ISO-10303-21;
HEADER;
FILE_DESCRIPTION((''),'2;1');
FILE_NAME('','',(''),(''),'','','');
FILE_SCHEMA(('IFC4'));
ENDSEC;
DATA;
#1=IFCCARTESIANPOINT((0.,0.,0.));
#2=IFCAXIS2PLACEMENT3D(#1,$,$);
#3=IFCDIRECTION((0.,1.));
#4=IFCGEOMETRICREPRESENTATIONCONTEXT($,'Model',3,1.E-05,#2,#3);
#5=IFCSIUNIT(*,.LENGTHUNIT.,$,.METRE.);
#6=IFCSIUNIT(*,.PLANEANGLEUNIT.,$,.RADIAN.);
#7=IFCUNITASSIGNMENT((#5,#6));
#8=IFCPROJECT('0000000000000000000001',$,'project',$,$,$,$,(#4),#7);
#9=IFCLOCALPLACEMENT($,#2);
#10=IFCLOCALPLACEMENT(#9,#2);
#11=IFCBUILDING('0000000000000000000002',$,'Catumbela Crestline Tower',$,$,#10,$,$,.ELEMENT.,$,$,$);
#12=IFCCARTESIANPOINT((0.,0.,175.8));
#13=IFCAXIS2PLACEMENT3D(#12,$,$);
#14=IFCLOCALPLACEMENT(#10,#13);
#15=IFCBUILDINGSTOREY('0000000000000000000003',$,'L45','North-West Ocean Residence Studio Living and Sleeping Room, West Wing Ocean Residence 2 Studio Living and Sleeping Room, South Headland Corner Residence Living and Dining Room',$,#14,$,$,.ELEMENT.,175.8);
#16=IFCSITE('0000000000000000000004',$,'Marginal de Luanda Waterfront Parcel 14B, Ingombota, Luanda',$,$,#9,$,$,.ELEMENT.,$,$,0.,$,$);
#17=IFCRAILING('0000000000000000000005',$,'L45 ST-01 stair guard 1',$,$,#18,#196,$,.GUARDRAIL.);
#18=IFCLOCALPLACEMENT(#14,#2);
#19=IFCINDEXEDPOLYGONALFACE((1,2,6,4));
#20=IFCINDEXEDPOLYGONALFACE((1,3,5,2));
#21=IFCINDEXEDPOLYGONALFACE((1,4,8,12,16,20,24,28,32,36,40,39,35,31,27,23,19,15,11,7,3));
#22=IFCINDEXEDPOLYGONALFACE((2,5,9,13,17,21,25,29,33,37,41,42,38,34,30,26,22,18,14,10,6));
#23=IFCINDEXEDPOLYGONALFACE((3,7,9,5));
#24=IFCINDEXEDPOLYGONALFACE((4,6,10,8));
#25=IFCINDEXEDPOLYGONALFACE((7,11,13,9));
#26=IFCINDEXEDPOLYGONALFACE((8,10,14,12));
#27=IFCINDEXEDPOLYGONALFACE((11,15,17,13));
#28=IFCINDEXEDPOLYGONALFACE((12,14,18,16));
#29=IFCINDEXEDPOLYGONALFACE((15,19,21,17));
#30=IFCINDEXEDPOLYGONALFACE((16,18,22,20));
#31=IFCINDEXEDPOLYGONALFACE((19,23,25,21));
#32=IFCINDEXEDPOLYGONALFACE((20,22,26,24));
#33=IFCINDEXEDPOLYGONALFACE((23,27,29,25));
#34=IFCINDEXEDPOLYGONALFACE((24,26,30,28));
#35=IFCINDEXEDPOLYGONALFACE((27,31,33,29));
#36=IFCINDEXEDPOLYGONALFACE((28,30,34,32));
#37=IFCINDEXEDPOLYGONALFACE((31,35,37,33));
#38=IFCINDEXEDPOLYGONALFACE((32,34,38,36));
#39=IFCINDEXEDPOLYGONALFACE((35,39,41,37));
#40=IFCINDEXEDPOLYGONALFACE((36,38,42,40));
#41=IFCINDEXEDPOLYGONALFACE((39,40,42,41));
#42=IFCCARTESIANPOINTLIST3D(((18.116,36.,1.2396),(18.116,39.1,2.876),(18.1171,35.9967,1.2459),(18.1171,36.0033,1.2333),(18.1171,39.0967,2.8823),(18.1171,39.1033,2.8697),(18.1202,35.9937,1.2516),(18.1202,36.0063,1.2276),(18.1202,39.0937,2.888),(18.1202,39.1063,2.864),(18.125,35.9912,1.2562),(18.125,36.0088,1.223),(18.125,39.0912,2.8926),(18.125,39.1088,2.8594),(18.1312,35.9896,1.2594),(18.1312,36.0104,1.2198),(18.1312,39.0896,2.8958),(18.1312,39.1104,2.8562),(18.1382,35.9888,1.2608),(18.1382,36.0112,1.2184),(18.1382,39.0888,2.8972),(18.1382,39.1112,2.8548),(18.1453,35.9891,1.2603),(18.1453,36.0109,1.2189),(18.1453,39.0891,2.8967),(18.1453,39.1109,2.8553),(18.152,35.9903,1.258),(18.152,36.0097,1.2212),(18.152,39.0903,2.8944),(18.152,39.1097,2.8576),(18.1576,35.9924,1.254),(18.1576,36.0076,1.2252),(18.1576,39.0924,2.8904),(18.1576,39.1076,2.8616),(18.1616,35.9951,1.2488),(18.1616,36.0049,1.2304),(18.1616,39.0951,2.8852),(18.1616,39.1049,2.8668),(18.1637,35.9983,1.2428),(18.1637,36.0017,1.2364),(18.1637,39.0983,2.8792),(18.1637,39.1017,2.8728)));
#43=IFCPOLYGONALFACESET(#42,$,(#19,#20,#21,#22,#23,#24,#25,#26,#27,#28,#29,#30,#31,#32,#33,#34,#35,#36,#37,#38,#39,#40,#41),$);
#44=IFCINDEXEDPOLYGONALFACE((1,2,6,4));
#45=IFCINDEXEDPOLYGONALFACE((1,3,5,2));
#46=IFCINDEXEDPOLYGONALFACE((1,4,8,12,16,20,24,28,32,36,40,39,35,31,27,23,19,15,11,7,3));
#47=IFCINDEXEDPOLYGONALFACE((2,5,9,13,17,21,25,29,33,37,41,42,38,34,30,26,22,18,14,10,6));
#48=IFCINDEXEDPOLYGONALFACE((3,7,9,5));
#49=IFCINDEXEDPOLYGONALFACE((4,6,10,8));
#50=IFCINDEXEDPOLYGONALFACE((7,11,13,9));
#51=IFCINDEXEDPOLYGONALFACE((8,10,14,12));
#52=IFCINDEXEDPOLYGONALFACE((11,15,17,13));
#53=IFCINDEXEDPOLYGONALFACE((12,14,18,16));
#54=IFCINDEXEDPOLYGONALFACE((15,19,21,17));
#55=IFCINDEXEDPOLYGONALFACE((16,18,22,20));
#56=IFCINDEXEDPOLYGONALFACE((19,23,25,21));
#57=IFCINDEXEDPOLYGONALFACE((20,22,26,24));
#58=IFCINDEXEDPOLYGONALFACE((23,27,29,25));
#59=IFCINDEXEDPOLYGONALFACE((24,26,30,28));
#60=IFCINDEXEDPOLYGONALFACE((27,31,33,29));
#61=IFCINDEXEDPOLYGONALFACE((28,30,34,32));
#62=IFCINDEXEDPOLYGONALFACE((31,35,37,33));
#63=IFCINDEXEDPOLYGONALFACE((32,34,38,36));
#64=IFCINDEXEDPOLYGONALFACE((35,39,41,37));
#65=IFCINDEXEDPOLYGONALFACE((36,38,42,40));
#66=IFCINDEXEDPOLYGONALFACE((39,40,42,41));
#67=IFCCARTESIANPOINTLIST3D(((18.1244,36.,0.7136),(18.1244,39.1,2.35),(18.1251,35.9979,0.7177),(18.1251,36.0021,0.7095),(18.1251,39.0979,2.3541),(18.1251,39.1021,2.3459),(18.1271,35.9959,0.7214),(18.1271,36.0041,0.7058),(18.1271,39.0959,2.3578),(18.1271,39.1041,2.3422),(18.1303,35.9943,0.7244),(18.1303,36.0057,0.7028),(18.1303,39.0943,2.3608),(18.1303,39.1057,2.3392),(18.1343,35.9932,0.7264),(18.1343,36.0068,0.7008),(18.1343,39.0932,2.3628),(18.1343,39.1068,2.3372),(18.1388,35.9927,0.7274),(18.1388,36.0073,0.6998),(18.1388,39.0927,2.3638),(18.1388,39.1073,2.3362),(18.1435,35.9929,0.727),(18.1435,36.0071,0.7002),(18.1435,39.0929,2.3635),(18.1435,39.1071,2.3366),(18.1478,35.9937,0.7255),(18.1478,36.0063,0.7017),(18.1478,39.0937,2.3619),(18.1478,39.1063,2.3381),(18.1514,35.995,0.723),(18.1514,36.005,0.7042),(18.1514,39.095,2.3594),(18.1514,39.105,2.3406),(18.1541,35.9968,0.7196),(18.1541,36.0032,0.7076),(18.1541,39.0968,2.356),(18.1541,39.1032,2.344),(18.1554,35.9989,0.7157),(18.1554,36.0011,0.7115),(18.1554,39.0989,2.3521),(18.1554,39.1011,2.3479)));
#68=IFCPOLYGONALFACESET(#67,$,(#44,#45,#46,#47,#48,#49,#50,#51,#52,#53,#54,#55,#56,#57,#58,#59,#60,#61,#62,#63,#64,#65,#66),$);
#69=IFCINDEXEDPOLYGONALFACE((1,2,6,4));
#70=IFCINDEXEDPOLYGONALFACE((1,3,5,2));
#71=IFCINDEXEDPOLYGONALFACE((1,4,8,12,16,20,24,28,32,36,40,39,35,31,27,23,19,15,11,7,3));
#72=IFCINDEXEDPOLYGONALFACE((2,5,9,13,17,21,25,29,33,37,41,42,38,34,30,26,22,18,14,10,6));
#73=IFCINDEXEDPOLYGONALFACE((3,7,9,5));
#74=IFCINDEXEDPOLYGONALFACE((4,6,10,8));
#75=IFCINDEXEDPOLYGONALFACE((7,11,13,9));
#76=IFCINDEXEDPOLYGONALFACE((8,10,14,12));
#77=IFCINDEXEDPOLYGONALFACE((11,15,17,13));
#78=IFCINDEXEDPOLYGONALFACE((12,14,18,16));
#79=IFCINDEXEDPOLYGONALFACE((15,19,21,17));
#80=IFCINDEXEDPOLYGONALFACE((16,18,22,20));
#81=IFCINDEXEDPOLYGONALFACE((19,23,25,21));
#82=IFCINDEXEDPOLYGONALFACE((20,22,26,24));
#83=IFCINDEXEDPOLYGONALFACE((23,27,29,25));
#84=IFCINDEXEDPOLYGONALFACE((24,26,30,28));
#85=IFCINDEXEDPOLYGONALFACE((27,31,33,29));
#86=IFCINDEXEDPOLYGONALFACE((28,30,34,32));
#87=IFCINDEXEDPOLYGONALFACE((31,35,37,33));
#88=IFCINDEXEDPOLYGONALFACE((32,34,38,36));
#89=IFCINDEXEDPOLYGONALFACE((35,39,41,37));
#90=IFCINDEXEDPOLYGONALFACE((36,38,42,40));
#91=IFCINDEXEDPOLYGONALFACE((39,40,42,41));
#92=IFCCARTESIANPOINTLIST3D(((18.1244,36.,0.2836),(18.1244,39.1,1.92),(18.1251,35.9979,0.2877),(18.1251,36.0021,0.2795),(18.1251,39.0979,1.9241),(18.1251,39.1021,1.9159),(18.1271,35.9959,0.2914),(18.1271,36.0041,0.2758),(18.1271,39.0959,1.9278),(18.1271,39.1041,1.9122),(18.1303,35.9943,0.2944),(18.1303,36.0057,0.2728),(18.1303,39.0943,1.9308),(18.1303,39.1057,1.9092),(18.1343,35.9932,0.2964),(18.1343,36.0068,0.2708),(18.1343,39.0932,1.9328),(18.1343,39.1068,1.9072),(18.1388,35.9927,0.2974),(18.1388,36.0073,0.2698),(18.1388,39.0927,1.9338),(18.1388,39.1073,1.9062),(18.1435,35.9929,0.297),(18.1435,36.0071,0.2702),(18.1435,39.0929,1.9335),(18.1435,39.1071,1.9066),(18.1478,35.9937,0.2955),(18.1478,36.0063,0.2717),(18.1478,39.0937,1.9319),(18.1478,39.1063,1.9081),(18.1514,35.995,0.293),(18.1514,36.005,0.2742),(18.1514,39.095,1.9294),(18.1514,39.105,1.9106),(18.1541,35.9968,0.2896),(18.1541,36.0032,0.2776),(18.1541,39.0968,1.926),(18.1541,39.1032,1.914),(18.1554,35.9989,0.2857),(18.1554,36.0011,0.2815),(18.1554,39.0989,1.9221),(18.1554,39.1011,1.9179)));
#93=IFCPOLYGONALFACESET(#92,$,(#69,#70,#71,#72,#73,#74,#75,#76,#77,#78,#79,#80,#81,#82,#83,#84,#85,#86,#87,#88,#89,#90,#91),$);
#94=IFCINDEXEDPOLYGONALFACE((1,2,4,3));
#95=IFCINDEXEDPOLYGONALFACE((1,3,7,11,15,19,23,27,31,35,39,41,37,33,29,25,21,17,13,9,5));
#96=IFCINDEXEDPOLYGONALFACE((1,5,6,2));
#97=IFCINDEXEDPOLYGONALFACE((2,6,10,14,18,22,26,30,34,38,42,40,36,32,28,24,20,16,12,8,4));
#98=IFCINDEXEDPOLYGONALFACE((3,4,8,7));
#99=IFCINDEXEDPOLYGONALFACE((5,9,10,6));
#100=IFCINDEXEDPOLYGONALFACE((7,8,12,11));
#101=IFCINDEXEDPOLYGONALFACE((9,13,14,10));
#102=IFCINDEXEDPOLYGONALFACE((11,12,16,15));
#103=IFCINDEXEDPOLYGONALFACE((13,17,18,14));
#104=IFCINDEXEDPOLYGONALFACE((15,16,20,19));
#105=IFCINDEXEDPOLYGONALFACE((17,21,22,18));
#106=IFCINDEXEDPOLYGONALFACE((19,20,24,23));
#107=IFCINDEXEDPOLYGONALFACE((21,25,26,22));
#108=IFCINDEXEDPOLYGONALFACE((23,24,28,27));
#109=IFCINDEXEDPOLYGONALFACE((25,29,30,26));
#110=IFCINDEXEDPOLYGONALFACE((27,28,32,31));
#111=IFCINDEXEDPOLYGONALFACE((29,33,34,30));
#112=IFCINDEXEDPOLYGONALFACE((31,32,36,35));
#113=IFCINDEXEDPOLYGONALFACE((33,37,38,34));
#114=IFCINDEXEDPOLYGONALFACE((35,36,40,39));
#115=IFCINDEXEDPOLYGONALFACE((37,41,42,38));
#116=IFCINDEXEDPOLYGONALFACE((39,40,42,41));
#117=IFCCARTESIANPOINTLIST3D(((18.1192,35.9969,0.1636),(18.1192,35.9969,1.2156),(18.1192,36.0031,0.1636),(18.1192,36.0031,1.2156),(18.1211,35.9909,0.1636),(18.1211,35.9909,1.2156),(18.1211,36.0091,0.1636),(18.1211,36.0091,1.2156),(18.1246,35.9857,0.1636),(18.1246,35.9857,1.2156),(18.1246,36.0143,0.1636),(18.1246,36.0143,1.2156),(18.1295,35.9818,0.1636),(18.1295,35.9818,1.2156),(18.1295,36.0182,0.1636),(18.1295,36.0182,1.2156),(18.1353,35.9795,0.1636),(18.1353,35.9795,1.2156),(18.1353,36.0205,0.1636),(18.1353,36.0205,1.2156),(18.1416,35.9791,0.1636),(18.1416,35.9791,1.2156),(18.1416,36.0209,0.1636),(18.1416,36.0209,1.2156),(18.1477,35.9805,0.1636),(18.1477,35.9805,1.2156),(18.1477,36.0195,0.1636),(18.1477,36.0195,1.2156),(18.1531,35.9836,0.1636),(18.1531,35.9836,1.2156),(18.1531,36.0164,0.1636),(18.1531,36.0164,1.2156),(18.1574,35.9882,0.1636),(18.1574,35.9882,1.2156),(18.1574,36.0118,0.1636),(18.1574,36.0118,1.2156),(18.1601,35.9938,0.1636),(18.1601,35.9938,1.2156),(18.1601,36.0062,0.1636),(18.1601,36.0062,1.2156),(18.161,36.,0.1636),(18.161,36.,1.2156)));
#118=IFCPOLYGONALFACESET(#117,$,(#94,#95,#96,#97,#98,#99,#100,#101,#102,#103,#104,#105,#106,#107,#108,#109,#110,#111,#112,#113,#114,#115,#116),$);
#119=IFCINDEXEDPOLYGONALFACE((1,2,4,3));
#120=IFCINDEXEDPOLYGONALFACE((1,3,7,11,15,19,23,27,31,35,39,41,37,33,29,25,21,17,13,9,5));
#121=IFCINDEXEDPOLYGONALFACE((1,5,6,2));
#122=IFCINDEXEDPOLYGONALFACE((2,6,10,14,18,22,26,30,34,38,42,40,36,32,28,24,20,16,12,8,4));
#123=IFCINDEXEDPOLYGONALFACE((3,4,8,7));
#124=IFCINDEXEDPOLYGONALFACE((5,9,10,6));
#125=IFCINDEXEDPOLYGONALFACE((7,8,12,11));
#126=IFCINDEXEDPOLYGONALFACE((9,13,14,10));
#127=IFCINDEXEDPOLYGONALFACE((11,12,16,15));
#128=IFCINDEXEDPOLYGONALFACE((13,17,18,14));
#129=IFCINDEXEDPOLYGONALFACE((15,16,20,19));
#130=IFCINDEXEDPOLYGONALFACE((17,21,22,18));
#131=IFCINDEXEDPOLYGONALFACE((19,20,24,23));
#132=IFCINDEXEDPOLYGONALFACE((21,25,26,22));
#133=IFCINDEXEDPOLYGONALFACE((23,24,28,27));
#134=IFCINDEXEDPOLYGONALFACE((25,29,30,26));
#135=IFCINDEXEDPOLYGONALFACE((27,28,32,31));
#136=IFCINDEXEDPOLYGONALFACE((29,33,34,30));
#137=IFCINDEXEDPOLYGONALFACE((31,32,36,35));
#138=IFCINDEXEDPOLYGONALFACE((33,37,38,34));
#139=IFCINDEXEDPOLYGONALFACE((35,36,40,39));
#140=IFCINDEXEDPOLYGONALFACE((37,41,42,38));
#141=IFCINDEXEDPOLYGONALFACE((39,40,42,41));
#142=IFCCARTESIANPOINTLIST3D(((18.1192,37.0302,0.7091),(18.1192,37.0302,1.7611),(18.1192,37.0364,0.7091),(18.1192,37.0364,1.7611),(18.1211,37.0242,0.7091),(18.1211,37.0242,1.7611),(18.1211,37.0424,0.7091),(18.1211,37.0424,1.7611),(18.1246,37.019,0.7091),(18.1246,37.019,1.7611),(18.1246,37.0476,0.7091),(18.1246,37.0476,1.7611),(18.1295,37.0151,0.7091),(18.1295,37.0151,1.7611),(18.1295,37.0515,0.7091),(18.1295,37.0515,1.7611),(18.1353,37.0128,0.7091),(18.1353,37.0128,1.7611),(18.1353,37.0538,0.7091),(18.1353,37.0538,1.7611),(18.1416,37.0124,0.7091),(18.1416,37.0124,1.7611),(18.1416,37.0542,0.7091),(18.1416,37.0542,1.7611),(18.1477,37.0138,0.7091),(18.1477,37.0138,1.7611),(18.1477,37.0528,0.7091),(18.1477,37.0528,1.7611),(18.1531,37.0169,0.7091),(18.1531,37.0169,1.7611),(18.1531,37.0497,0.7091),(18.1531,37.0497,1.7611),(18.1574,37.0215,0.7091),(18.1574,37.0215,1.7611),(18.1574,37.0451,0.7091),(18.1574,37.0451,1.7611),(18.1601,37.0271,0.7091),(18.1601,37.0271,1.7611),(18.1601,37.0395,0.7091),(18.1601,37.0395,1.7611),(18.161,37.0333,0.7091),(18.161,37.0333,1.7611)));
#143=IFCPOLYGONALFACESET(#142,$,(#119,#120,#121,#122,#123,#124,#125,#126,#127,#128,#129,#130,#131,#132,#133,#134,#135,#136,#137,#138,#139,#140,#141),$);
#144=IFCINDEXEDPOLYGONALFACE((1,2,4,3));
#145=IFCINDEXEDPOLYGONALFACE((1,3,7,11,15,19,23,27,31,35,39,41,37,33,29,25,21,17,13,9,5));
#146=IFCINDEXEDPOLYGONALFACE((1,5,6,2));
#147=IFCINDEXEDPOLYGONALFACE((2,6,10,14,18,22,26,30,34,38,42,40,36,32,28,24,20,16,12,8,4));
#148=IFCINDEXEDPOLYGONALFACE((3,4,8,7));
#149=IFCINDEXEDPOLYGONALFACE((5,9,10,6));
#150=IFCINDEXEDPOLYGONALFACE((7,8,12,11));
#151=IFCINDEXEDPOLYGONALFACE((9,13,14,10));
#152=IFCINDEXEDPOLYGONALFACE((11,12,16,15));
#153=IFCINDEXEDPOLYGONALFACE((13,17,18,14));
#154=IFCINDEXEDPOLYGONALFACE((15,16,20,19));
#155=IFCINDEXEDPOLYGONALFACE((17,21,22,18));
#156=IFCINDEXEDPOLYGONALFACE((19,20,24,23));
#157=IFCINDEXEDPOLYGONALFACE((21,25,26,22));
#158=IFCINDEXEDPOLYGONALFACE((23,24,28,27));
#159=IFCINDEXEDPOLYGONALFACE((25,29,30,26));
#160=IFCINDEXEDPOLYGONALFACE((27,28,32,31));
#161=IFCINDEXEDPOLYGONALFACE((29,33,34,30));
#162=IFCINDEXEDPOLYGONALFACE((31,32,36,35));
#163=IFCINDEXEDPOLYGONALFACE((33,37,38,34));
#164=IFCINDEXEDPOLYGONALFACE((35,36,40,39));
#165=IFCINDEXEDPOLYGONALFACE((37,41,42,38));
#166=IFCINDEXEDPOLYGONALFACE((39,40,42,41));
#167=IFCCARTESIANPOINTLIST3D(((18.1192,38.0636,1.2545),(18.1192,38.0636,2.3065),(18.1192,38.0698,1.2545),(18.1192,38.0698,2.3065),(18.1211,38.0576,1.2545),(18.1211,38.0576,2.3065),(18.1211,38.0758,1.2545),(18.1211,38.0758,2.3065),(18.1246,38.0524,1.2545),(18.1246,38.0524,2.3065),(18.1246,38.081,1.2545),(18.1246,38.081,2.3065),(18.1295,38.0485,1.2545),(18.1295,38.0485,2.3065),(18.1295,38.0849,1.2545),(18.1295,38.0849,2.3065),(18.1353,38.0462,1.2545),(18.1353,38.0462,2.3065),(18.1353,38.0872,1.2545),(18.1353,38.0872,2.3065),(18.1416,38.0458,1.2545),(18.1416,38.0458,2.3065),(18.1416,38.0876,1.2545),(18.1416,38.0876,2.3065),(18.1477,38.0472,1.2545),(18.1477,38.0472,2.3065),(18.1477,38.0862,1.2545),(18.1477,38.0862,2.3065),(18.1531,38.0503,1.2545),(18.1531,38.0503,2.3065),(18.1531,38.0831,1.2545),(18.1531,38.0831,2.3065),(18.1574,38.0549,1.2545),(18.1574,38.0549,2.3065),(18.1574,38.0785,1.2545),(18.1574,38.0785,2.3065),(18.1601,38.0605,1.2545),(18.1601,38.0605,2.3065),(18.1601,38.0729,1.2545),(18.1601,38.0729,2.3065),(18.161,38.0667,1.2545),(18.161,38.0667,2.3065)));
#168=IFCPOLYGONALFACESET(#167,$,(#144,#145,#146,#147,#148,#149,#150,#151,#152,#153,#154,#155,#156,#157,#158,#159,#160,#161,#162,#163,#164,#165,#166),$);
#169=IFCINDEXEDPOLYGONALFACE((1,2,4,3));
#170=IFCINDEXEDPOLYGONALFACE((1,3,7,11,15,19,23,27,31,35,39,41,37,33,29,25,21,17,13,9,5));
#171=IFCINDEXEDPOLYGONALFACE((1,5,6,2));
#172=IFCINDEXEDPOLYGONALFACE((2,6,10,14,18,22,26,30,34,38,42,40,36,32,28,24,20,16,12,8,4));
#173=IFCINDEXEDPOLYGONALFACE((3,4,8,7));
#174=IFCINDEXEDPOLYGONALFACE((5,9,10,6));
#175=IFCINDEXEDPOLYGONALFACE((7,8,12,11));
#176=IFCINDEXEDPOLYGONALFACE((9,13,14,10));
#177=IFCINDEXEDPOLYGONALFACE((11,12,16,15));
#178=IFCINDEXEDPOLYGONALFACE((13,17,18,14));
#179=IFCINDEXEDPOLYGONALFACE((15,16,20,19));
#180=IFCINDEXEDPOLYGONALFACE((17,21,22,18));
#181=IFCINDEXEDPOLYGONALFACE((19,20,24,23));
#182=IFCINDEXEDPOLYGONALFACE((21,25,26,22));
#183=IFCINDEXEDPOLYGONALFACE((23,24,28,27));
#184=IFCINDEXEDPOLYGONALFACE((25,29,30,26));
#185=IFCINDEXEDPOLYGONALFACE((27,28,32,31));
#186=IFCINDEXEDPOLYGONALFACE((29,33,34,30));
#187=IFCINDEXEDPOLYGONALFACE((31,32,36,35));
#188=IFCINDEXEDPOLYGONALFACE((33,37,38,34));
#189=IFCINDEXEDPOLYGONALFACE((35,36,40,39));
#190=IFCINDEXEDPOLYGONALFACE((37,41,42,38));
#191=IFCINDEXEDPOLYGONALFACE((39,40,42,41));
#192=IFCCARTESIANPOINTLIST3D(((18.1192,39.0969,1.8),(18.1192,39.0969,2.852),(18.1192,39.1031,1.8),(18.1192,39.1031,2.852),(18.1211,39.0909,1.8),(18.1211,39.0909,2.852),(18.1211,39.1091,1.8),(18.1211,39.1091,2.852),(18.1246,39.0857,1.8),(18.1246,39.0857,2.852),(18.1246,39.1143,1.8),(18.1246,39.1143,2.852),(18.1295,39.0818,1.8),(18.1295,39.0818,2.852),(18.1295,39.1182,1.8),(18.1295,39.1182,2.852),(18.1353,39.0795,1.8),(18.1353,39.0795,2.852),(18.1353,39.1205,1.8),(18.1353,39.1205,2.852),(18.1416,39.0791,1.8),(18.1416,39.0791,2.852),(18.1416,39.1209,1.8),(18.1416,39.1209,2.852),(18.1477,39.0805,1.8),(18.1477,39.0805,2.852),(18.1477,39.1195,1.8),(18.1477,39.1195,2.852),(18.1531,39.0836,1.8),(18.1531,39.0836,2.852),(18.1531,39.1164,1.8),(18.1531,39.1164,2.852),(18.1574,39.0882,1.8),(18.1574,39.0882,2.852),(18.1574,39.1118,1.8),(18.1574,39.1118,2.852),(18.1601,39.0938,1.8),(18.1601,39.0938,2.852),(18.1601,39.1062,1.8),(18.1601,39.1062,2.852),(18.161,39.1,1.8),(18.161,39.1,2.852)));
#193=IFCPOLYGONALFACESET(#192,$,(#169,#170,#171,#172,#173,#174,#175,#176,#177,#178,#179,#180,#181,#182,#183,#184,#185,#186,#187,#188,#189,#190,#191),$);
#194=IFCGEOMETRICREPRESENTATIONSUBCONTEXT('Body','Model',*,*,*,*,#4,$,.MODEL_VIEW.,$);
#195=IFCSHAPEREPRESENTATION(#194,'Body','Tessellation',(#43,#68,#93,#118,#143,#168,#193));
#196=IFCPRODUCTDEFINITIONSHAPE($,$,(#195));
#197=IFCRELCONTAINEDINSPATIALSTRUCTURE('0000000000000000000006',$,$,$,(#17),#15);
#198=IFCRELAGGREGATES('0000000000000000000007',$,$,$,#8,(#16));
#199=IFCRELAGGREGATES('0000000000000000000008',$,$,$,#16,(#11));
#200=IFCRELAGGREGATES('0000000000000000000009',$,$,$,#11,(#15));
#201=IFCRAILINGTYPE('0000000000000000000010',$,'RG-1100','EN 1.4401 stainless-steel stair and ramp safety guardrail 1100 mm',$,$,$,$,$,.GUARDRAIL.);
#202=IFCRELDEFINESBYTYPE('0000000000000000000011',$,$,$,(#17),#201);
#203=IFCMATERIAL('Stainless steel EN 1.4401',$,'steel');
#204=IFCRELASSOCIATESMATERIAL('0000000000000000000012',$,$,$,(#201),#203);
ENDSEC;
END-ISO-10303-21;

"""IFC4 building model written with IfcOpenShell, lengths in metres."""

from ifc_helpers import new_model, si_unit, direction, frame, origin, origin_2d, place, context, subcontext, project, spatial, circle, extrude, material, type_object, element, save


model = new_model("IFC4")

# Units and contexts
model_context = context("Model", 3, precision=1e-05, world=origin(), true_north=direction((0.0, 1.0)))
body_context = subcontext(model_context, "Body", "Model", "MODEL_VIEW")
ifc_project = project(units=[si_unit("LENGTHUNIT", "METRE"), si_unit("PLANEANGLEUNIT", "RADIAN")], contexts=[model_context])

# Site, building, storey
site_placement = place(None, origin())
site = spatial("IfcSite", under=ifc_project, at=site_placement, Name="Marginal de Luanda Waterfront Parcel 14B, Ingombota, Luanda", CompositionType="ELEMENT", RefElevation=0.0)
building_placement = place(site_placement, origin())
building = spatial("IfcBuilding", under=site, at=building_placement, Name="Catumbela Crestline Tower", CompositionType="ELEMENT")
storey_placement = place(building_placement, frame((0.0, 0.0, 175.8)))
storey = spatial("IfcBuildingStorey", under=building, at=storey_placement, Name="L45", Description="North-West Ocean Residence Studio Living and Sleeping Room, West Wing Ocean Residence 2 Studio Living and Sleeping Room, South Headland Corner Residence Living and Dining Room", CompositionType="ELEMENT", Elevation=175.8)

# Shared definitions
ifc_material_1 = material(Name="Stainless steel EN 1.4401", Category="steel")

# Railing
railing_type_1 = type_object("IfcRailingType", Name="RG-1100", Description="EN 1.4401 stainless-steel stair and ramp safety guardrail 1100 mm", PredefinedType="GUARDRAIL", material=ifc_material_1)
railing_1_placement = place(storey_placement, frame((18.14, 36.0, 0.1636)))
element("IfcRailing", 1, at=railing_1_placement, inside=storey, type_object=railing_type_1, Name="L45 ST-01 stair guard 1", PredefinedType="GUARDRAIL", context=body_context, shape_type="SweptSolid", body=[
    extrude(circle(Radius=0.024, at=origin_2d()), frame((0.0, 0.0, 1.076), z_axis=(0.0, 0.884351, 0.466823), x_axis=(-1.0, 0.0, 0.0)), (0.0, 0.0, 1.0), 3.5054),
    extrude(circle(Radius=0.0156, at=origin_2d()), frame((0.0, 0.0, 0.55), z_axis=(0.0, 0.884351, 0.466823), x_axis=(-1.0, 0.0, 0.0)), (0.0, 0.0, 1.0), 3.5054),
    extrude(circle(Radius=0.0156, at=origin_2d()), frame((0.0, 0.0, 0.12), z_axis=(0.0, 0.884351, 0.466823), x_axis=(-1.0, 0.0, 0.0)), (0.0, 0.0, 1.0), 3.5054),
    extrude(circle(Radius=0.021, at=origin_2d()), origin(), (0.0, 0.0, 1.0), 1.052),
    extrude(circle(Radius=0.021, at=origin_2d()), frame((0.0, 1.0333, 0.5455)), (0.0, 0.0, 1.0), 1.052),
    extrude(circle(Radius=0.021, at=origin_2d()), frame((0.0, 2.0667, 1.0909)), (0.0, 0.0, 1.0), 1.052),
    extrude(circle(Radius=0.021, at=origin_2d()), frame((0.0, 3.1, 1.6364)), (0.0, 0.0, 1.0), 1.052),
])

save(model, "model.ifc")
